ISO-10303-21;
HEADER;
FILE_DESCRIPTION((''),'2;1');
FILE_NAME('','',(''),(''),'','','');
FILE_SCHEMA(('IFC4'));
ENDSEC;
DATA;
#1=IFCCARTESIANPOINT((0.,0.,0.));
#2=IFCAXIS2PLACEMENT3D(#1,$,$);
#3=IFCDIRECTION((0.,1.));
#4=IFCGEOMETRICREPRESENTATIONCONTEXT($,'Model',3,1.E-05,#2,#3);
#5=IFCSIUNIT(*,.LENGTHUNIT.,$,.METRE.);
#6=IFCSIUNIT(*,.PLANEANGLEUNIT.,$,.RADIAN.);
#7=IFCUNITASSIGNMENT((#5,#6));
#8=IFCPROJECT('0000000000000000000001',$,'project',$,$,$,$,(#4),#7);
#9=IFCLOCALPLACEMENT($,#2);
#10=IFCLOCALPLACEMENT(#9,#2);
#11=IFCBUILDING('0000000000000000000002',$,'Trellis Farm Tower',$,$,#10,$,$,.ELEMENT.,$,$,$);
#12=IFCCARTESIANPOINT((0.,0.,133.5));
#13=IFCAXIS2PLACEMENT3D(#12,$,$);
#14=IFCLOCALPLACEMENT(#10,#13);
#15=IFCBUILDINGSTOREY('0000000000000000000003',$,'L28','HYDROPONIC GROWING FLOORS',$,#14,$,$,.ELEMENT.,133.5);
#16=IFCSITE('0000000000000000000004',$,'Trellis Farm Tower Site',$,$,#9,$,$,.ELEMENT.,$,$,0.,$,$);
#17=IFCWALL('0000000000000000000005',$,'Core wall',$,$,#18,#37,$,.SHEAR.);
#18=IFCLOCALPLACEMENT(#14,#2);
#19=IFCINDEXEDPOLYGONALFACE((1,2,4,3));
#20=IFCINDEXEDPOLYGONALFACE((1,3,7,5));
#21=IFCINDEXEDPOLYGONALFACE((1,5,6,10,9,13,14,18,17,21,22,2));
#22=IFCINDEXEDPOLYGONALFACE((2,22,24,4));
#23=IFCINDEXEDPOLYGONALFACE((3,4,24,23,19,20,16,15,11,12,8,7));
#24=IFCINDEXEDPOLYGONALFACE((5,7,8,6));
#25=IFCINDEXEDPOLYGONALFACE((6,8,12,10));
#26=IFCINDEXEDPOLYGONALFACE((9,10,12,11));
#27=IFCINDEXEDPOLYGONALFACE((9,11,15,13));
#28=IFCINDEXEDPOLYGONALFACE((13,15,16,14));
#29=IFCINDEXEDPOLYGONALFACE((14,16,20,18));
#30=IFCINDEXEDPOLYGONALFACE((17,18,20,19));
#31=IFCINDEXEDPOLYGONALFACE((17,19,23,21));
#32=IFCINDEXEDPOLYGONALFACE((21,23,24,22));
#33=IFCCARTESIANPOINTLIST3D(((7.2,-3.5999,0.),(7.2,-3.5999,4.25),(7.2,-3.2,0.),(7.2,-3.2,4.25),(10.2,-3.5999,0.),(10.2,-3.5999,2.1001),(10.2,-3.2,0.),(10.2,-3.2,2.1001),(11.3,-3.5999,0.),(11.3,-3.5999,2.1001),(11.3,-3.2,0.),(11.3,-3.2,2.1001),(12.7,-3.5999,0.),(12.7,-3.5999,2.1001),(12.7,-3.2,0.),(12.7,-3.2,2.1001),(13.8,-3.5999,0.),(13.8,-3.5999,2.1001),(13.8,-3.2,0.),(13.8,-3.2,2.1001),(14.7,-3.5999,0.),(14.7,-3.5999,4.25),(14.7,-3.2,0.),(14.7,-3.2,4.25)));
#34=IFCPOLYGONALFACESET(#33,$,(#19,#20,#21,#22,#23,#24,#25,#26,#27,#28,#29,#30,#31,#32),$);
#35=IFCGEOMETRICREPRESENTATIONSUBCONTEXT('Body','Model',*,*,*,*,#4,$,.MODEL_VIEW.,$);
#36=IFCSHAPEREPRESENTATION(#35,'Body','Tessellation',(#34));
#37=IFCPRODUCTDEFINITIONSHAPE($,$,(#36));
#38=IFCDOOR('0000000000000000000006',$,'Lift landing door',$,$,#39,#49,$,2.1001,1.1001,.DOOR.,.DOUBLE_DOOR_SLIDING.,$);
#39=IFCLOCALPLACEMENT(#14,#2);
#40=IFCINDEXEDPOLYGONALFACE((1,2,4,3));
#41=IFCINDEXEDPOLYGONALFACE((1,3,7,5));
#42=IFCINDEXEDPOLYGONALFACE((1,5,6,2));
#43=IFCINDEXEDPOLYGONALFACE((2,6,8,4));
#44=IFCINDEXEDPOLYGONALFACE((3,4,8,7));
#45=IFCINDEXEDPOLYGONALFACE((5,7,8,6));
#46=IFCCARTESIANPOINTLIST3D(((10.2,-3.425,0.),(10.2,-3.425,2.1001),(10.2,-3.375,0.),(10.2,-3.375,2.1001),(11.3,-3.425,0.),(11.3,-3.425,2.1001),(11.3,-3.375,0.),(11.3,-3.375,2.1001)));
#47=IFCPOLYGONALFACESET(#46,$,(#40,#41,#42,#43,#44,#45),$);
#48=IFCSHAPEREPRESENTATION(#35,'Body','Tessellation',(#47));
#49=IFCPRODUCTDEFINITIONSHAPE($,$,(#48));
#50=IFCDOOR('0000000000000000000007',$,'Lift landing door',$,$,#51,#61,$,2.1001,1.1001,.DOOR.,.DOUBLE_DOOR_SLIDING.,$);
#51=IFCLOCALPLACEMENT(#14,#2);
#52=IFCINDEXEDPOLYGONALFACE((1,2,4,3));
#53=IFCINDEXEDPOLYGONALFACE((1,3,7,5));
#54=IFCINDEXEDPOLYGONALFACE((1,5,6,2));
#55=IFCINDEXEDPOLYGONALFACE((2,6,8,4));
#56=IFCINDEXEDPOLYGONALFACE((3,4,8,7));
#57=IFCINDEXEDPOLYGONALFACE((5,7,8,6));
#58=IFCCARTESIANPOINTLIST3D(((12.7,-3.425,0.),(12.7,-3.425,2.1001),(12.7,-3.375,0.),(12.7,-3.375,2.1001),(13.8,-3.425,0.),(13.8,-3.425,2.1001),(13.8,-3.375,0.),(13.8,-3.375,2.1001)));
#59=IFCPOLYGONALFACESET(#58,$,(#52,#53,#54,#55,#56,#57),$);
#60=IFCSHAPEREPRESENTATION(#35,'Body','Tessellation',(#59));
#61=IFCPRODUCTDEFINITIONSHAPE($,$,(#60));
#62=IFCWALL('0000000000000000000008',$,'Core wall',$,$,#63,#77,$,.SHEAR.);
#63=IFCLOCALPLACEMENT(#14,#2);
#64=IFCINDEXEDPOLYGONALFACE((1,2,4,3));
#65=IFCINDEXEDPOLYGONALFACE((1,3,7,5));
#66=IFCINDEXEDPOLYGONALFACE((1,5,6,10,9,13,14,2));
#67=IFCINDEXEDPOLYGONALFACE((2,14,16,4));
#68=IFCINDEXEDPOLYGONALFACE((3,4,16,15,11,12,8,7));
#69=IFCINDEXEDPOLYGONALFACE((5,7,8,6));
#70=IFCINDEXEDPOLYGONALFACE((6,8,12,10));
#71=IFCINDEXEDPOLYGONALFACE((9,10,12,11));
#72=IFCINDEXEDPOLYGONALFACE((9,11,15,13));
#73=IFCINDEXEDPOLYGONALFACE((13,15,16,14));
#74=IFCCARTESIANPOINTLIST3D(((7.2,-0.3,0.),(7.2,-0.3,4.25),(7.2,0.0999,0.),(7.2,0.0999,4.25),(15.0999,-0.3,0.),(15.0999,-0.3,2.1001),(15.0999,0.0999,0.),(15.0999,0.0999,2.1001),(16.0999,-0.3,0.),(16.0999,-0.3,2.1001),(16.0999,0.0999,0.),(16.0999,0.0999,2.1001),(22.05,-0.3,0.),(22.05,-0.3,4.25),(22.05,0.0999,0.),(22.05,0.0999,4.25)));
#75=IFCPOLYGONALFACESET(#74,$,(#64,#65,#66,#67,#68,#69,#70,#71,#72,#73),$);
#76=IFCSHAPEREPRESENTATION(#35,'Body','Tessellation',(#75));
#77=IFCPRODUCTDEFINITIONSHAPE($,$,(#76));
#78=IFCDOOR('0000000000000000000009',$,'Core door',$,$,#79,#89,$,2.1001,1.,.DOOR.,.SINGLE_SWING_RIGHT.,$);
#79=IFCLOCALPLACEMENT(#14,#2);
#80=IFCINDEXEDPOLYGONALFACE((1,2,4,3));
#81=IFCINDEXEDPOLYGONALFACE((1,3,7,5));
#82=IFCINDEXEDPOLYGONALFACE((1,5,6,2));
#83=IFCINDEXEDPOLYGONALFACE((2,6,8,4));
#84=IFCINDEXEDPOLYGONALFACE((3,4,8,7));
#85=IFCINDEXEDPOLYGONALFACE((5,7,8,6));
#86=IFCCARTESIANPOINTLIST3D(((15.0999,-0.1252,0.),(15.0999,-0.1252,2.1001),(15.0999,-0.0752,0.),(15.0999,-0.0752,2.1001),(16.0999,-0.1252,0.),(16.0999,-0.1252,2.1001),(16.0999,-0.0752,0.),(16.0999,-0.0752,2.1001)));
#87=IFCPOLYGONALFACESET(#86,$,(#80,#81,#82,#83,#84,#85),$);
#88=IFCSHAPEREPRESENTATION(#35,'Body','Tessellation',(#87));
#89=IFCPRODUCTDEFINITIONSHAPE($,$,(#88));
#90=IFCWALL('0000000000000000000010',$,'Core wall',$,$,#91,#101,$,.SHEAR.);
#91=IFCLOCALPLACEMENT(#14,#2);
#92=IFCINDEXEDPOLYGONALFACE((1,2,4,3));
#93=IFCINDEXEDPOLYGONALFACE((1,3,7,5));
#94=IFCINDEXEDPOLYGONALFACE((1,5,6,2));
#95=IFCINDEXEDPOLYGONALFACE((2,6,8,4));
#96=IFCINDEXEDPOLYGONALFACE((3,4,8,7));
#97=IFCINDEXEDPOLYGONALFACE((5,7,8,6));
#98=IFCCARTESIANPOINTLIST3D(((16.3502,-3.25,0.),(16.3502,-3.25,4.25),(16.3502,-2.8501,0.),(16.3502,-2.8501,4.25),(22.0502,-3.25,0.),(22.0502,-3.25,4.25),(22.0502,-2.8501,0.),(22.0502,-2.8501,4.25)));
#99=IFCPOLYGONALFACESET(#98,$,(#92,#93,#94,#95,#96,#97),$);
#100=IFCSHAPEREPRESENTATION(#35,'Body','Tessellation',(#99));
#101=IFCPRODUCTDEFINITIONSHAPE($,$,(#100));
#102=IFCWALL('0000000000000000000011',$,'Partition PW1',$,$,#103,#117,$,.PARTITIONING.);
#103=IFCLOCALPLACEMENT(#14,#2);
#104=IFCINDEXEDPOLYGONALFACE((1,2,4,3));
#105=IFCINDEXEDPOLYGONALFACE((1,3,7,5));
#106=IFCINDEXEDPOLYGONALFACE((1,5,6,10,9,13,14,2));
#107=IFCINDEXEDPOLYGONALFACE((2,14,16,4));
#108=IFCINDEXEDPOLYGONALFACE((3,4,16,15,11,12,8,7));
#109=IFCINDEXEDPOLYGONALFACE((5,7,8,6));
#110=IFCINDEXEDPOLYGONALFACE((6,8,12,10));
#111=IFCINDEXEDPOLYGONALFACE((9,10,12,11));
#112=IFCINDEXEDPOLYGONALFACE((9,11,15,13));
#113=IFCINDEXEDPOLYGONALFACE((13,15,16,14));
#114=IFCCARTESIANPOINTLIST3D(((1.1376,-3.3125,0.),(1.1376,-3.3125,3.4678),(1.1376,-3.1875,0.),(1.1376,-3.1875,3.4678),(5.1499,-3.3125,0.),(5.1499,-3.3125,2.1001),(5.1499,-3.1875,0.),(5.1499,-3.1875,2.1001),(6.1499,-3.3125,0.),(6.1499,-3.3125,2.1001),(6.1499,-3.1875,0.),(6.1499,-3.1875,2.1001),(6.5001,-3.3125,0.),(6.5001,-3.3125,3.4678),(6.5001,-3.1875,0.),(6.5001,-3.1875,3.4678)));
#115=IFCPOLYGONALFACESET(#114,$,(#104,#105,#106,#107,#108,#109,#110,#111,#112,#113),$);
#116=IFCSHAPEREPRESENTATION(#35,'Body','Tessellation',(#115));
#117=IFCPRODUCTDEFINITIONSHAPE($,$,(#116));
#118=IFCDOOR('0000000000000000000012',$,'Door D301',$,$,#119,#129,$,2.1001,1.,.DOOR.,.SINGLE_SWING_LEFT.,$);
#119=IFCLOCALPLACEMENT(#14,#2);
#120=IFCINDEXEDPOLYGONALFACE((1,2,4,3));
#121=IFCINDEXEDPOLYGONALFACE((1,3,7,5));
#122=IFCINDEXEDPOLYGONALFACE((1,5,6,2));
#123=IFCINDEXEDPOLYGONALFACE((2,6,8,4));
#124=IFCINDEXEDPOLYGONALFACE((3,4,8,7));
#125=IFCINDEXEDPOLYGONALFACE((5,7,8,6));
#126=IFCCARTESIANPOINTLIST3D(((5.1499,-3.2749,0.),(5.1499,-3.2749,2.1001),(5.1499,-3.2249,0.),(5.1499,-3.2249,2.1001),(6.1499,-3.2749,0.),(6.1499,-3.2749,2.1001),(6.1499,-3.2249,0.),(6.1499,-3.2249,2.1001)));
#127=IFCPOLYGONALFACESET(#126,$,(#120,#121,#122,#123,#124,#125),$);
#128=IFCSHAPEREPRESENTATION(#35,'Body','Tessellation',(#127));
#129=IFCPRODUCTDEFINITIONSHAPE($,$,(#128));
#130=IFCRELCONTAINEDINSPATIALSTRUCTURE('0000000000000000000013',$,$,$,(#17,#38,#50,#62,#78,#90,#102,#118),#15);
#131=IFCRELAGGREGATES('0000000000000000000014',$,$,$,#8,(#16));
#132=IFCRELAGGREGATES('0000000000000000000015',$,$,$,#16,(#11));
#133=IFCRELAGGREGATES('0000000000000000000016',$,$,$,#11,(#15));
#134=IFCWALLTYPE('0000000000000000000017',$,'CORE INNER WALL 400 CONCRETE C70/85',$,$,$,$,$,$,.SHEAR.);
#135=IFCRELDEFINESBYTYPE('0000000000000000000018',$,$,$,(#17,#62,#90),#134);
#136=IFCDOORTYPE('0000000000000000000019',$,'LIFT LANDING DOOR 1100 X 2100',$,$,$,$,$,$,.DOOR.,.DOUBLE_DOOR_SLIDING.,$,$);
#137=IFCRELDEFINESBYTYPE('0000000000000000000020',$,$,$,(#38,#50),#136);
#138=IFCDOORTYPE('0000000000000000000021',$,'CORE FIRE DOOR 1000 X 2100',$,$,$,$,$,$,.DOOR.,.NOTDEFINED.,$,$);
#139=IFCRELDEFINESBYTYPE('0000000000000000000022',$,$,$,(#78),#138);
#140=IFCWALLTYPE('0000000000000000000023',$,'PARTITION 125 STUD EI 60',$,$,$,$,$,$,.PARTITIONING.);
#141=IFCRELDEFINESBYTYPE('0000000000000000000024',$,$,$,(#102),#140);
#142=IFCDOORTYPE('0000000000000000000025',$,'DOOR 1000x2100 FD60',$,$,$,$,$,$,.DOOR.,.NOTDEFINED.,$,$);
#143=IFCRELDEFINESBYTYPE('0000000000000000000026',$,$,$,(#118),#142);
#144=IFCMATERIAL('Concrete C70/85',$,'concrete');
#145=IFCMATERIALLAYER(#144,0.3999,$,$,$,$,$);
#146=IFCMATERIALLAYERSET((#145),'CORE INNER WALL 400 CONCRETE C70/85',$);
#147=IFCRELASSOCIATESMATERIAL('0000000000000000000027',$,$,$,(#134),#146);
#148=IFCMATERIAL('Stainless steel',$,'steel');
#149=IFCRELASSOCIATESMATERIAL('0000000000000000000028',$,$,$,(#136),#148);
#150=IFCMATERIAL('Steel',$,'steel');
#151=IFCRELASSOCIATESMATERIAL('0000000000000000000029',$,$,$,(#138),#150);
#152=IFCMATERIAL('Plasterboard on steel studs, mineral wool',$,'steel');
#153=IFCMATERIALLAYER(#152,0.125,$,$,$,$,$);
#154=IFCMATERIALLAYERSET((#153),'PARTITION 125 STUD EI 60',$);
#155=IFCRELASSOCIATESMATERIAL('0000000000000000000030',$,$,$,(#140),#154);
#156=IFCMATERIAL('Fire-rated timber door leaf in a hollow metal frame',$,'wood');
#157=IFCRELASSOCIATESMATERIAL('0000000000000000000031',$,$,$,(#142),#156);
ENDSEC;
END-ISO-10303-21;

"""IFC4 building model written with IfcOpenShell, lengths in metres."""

from ifc_helpers import new_model, si_unit, direction, frame, frame_2d, origin, place, context, subcontext, project, spatial, rectangle, extrude, source, transform, mapped, material, layer, layer_set, type_object, element, fill, save


model = new_model("IFC4")

# Units and contexts
model_context = context("Model", 3, precision=1e-05, world=origin(), true_north=direction((0.0, 1.0)))
body_context = subcontext(model_context, "Body", "Model", "MODEL_VIEW")
ifc_project = project(units=[si_unit("LENGTHUNIT", "METRE"), si_unit("PLANEANGLEUNIT", "RADIAN")], contexts=[model_context])

# Site, building, storey
site_placement = place(None, origin())
site = spatial("IfcSite", under=ifc_project, at=site_placement, Name="Trellis Farm Tower Site", CompositionType="ELEMENT", RefElevation=0.0)
building_placement = place(site_placement, origin())
building = spatial("IfcBuilding", under=site, at=building_placement, Name="Trellis Farm Tower", CompositionType="ELEMENT")
storey_placement = place(building_placement, frame((0.0, 0.0, 133.5)))
storey = spatial("IfcBuildingStorey", under=building, at=storey_placement, Name="L28", Description="HYDROPONIC GROWING FLOORS", CompositionType="ELEMENT", Elevation=133.5)

# Shared definitions
ifc_material_1 = material(Name="Concrete C70/85", Category="concrete")

# Wall, openings, doors
ifc_layer_1 = layer(ifc_material_1, 0.3999)
ifc_layer_set_1 = layer_set([ifc_layer_1], Name="CORE INNER WALL 400 CONCRETE C70/85")
wall_type_1 = type_object("IfcWallType", Name="CORE INNER WALL 400 CONCRETE C70/85", PredefinedType="SHEAR", material=ifc_layer_set_1)
shared_shape_1 = source(origin(), body_context, "Body", "SweptSolid", [
    extrude(rectangle(XDim=7.5, YDim=0.3999, at=frame_2d((3.75, 0.0))), origin(), (0.0, 0.0, 1.0), 4.25),
])
wall_1_placement = place(storey_placement, frame((7.2, -3.3999, 0.0), z_axis=(0.0, 0.0, 1.0), x_axis=(1.0, 0.0, 0.0)))
wall_1 = element("IfcWall", 1, at=wall_1_placement, inside=storey, type_object=wall_type_1, Name="Core wall", PredefinedType="SHEAR", context=body_context, shape_type="MappedRepresentation", body=[
    mapped(shared_shape_1, transform((0.0, 0.0, 0.0))),
])
shared_shape_2 = source(origin(), body_context, "Body", "SweptSolid", [
    extrude(rectangle(XDim=1.1001, YDim=2.1001, at=frame_2d((0.55, 1.05))), frame((0.0, 0.21, 0.0), z_axis=(0.0, -1.0, 0.0), x_axis=(1.0, 0.0, 0.0)), (0.0, 0.0, 1.0), 0.4199),
])
opening_1_placement = place(wall_1_placement, frame((3.0, 0.0, 0.0)))
opening_1 = element("IfcOpeningElement", 2, at=opening_1_placement, cuts=wall_1, PredefinedType="OPENING", context=body_context, shape_type="MappedRepresentation", body=[
    mapped(shared_shape_2, transform((0.0, 0.0, 0.0))),
])
opening_2_placement = place(wall_1_placement, frame((5.5, 0.0, 0.0)))
opening_2 = element("IfcOpeningElement", 3, at=opening_2_placement, cuts=wall_1, PredefinedType="OPENING", context=body_context, shape_type="MappedRepresentation", body=[
    mapped(shared_shape_2, transform((0.0, 0.0, 0.0))),
])
ifc_material_2 = material(Name="Stainless steel", Category="steel")
door_type_1 = type_object("IfcDoorType", Name="LIFT LANDING DOOR 1100 X 2100", OperationType="DOUBLE_DOOR_SLIDING", PredefinedType="DOOR", material=ifc_material_2)
shared_shape_3 = source(origin(), body_context, "Body", "SweptSolid", [
    extrude(rectangle(XDim=1.1001, YDim=2.1001, at=frame_2d((0.55, 1.05))), frame((0.0, 0.0249, 0.0), z_axis=(0.0, -1.0, 0.0), x_axis=(1.0, 0.0, 0.0)), (0.0, 0.0, 1.0), 0.05),
])
door_1_placement = place(opening_1_placement, origin())
door_1 = element("IfcDoor", 4, at=door_1_placement, inside=storey, type_object=door_type_1, Name="Lift landing door", OperationType="DOUBLE_DOOR_SLIDING", OverallHeight=2.1001, OverallWidth=1.1001, PredefinedType="DOOR", context=body_context, shape_type="MappedRepresentation", body=[
    mapped(shared_shape_3, transform((0.0, 0.0, 0.0))),
])
fill(opening_1, door_1)
door_2_placement = place(opening_2_placement, origin())
door_2 = element("IfcDoor", 5, at=door_2_placement, inside=storey, type_object=door_type_1, Name="Lift landing door", OperationType="DOUBLE_DOOR_SLIDING", OverallHeight=2.1001, OverallWidth=1.1001, PredefinedType="DOOR", context=body_context, shape_type="MappedRepresentation", body=[
    mapped(shared_shape_3, transform((0.0, 0.0, 0.0))),
])
fill(opening_2, door_2)

# Wall, opening, door
shared_shape_4 = source(origin(), body_context, "Body", "SweptSolid", [
    extrude(rectangle(XDim=14.8501, YDim=0.3999, at=frame_2d((7.425, 0.0))), origin(), (0.0, 0.0, 1.0), 4.25),
])
wall_2_placement = place(storey_placement, frame((7.2, -0.1001, 0.0), z_axis=(0.0, 0.0, 1.0), x_axis=(1.0, 0.0, 0.0)))
wall_2 = element("IfcWall", 6, at=wall_2_placement, inside=storey, type_object=wall_type_1, Name="Core wall", PredefinedType="SHEAR", context=body_context, shape_type="MappedRepresentation", body=[
    mapped(shared_shape_4, transform((0.0, 0.0, 0.0))),
])
shared_shape_5 = source(origin(), body_context, "Body", "SweptSolid", [
    extrude(rectangle(XDim=1.0, YDim=2.1001, at=frame_2d((0.5, 1.05))), frame((0.0, 0.21, 0.0), z_axis=(0.0, -1.0, 0.0), x_axis=(1.0, 0.0, 0.0)), (0.0, 0.0, 1.0), 0.4199),
])
opening_3_placement = place(wall_2_placement, frame((7.8999, 0.0, 0.0)))
opening_3 = element("IfcOpeningElement", 7, at=opening_3_placement, cuts=wall_2, PredefinedType="OPENING", context=body_context, shape_type="MappedRepresentation", body=[
    mapped(shared_shape_5, transform((0.0, 0.0, 0.0))),
])
ifc_material_3 = material(Name="Steel", Category="steel")
door_type_2 = type_object("IfcDoorType", Name="CORE FIRE DOOR 1000 X 2100", OperationType="NOTDEFINED", PredefinedType="DOOR", material=ifc_material_3)
shared_shape_6 = source(origin(), body_context, "Body", "SweptSolid", [
    extrude(rectangle(XDim=1.0, YDim=2.1001, at=frame_2d((0.5, 1.05))), frame((0.0, 0.0249, 0.0), z_axis=(0.0, -1.0, 0.0), x_axis=(1.0, 0.0, 0.0)), (0.0, 0.0, 1.0), 0.05),
])
door_3_placement = place(opening_3_placement, origin())
door_3 = element("IfcDoor", 8, at=door_3_placement, inside=storey, type_object=door_type_2, Name="Core door", OperationType="SINGLE_SWING_RIGHT", OverallHeight=2.1001, OverallWidth=1.0, PredefinedType="DOOR", context=body_context, shape_type="MappedRepresentation", body=[
    mapped(shared_shape_6, transform((0.0, 0.0, 0.0))),
])
fill(opening_3, door_3)

# Wall
shared_shape_7 = source(origin(), body_context, "Body", "SweptSolid", [
    extrude(rectangle(XDim=5.7, YDim=0.3999, at=frame_2d((2.8501, 0.0))), origin(), (0.0, 0.0, 1.0), 4.25),
])
wall_3_placement = place(storey_placement, frame((16.3501, -3.05, 0.0), z_axis=(0.0, 0.0, 1.0), x_axis=(1.0, 0.0, 0.0)))
element("IfcWall", 9, at=wall_3_placement, inside=storey, type_object=wall_type_1, Name="Core wall", PredefinedType="SHEAR", context=body_context, shape_type="MappedRepresentation", body=[
    mapped(shared_shape_7, transform((0.0, 0.0, 0.0))),
])

# Wall, opening, door
ifc_material_4 = material(Name="Plasterboard on steel studs, mineral wool", Category="steel")
ifc_layer_2 = layer(ifc_material_4, 0.125)
ifc_layer_set_2 = layer_set([ifc_layer_2], Name="PARTITION 125 STUD EI 60")
wall_type_2 = type_object("IfcWallType", Name="PARTITION 125 STUD EI 60", PredefinedType="PARTITIONING", material=ifc_layer_set_2)
shared_shape_8 = source(origin(), body_context, "Body", "SweptSolid", [
    extrude(rectangle(XDim=5.3625, YDim=0.125, at=frame_2d((2.6812, 0.0))), origin(), (0.0, 0.0, 1.0), 3.4678),
])
wall_4_placement = place(storey_placement, frame((6.5, -3.25, 0.0), z_axis=(0.0, 0.0, 1.0), x_axis=(-1.0, 0.0, 0.0)))
wall_4 = element("IfcWall", 10, at=wall_4_placement, inside=storey, type_object=wall_type_2, Name="Partition PW1", PredefinedType="PARTITIONING", context=body_context, shape_type="MappedRepresentation", body=[
    mapped(shared_shape_8, transform((0.0, 0.0, 0.0))),
])
shared_shape_9 = source(origin(), body_context, "Body", "SweptSolid", [
    extrude(rectangle(XDim=1.0, YDim=2.1001, at=frame_2d((0.5, 1.05))), frame((0.0, 0.0725, 0.0), z_axis=(0.0, -1.0, 0.0), x_axis=(1.0, 0.0, 0.0)), (0.0, 0.0, 1.0), 0.145),
])
opening_4_placement = place(wall_4_placement, frame((0.3501, 0.0, 0.0)))
opening_4 = element("IfcOpeningElement", 11, at=opening_4_placement, cuts=wall_4, PredefinedType="OPENING", context=body_context, shape_type="MappedRepresentation", body=[
    mapped(shared_shape_9, transform((0.0, 0.0, 0.0))),
])
ifc_material_5 = material(Name="Fire-rated timber door leaf in a hollow metal frame", Category="wood")
door_type_3 = type_object("IfcDoorType", Name="DOOR 1000x2100 FD60", OperationType="NOTDEFINED", PredefinedType="DOOR", material=ifc_material_5)
door_4_placement = place(opening_4_placement, origin())
door_4 = element("IfcDoor", 12, at=door_4_placement, inside=storey, type_object=door_type_3, Name="Door D301", OperationType="SINGLE_SWING_LEFT", OverallHeight=2.1001, OverallWidth=1.0, PredefinedType="DOOR", context=body_context, shape_type="MappedRepresentation", body=[
    mapped(shared_shape_6, transform((0.0, 0.0, 0.0))),
])
fill(opening_4, door_4)

save(model, "model.ifc")
